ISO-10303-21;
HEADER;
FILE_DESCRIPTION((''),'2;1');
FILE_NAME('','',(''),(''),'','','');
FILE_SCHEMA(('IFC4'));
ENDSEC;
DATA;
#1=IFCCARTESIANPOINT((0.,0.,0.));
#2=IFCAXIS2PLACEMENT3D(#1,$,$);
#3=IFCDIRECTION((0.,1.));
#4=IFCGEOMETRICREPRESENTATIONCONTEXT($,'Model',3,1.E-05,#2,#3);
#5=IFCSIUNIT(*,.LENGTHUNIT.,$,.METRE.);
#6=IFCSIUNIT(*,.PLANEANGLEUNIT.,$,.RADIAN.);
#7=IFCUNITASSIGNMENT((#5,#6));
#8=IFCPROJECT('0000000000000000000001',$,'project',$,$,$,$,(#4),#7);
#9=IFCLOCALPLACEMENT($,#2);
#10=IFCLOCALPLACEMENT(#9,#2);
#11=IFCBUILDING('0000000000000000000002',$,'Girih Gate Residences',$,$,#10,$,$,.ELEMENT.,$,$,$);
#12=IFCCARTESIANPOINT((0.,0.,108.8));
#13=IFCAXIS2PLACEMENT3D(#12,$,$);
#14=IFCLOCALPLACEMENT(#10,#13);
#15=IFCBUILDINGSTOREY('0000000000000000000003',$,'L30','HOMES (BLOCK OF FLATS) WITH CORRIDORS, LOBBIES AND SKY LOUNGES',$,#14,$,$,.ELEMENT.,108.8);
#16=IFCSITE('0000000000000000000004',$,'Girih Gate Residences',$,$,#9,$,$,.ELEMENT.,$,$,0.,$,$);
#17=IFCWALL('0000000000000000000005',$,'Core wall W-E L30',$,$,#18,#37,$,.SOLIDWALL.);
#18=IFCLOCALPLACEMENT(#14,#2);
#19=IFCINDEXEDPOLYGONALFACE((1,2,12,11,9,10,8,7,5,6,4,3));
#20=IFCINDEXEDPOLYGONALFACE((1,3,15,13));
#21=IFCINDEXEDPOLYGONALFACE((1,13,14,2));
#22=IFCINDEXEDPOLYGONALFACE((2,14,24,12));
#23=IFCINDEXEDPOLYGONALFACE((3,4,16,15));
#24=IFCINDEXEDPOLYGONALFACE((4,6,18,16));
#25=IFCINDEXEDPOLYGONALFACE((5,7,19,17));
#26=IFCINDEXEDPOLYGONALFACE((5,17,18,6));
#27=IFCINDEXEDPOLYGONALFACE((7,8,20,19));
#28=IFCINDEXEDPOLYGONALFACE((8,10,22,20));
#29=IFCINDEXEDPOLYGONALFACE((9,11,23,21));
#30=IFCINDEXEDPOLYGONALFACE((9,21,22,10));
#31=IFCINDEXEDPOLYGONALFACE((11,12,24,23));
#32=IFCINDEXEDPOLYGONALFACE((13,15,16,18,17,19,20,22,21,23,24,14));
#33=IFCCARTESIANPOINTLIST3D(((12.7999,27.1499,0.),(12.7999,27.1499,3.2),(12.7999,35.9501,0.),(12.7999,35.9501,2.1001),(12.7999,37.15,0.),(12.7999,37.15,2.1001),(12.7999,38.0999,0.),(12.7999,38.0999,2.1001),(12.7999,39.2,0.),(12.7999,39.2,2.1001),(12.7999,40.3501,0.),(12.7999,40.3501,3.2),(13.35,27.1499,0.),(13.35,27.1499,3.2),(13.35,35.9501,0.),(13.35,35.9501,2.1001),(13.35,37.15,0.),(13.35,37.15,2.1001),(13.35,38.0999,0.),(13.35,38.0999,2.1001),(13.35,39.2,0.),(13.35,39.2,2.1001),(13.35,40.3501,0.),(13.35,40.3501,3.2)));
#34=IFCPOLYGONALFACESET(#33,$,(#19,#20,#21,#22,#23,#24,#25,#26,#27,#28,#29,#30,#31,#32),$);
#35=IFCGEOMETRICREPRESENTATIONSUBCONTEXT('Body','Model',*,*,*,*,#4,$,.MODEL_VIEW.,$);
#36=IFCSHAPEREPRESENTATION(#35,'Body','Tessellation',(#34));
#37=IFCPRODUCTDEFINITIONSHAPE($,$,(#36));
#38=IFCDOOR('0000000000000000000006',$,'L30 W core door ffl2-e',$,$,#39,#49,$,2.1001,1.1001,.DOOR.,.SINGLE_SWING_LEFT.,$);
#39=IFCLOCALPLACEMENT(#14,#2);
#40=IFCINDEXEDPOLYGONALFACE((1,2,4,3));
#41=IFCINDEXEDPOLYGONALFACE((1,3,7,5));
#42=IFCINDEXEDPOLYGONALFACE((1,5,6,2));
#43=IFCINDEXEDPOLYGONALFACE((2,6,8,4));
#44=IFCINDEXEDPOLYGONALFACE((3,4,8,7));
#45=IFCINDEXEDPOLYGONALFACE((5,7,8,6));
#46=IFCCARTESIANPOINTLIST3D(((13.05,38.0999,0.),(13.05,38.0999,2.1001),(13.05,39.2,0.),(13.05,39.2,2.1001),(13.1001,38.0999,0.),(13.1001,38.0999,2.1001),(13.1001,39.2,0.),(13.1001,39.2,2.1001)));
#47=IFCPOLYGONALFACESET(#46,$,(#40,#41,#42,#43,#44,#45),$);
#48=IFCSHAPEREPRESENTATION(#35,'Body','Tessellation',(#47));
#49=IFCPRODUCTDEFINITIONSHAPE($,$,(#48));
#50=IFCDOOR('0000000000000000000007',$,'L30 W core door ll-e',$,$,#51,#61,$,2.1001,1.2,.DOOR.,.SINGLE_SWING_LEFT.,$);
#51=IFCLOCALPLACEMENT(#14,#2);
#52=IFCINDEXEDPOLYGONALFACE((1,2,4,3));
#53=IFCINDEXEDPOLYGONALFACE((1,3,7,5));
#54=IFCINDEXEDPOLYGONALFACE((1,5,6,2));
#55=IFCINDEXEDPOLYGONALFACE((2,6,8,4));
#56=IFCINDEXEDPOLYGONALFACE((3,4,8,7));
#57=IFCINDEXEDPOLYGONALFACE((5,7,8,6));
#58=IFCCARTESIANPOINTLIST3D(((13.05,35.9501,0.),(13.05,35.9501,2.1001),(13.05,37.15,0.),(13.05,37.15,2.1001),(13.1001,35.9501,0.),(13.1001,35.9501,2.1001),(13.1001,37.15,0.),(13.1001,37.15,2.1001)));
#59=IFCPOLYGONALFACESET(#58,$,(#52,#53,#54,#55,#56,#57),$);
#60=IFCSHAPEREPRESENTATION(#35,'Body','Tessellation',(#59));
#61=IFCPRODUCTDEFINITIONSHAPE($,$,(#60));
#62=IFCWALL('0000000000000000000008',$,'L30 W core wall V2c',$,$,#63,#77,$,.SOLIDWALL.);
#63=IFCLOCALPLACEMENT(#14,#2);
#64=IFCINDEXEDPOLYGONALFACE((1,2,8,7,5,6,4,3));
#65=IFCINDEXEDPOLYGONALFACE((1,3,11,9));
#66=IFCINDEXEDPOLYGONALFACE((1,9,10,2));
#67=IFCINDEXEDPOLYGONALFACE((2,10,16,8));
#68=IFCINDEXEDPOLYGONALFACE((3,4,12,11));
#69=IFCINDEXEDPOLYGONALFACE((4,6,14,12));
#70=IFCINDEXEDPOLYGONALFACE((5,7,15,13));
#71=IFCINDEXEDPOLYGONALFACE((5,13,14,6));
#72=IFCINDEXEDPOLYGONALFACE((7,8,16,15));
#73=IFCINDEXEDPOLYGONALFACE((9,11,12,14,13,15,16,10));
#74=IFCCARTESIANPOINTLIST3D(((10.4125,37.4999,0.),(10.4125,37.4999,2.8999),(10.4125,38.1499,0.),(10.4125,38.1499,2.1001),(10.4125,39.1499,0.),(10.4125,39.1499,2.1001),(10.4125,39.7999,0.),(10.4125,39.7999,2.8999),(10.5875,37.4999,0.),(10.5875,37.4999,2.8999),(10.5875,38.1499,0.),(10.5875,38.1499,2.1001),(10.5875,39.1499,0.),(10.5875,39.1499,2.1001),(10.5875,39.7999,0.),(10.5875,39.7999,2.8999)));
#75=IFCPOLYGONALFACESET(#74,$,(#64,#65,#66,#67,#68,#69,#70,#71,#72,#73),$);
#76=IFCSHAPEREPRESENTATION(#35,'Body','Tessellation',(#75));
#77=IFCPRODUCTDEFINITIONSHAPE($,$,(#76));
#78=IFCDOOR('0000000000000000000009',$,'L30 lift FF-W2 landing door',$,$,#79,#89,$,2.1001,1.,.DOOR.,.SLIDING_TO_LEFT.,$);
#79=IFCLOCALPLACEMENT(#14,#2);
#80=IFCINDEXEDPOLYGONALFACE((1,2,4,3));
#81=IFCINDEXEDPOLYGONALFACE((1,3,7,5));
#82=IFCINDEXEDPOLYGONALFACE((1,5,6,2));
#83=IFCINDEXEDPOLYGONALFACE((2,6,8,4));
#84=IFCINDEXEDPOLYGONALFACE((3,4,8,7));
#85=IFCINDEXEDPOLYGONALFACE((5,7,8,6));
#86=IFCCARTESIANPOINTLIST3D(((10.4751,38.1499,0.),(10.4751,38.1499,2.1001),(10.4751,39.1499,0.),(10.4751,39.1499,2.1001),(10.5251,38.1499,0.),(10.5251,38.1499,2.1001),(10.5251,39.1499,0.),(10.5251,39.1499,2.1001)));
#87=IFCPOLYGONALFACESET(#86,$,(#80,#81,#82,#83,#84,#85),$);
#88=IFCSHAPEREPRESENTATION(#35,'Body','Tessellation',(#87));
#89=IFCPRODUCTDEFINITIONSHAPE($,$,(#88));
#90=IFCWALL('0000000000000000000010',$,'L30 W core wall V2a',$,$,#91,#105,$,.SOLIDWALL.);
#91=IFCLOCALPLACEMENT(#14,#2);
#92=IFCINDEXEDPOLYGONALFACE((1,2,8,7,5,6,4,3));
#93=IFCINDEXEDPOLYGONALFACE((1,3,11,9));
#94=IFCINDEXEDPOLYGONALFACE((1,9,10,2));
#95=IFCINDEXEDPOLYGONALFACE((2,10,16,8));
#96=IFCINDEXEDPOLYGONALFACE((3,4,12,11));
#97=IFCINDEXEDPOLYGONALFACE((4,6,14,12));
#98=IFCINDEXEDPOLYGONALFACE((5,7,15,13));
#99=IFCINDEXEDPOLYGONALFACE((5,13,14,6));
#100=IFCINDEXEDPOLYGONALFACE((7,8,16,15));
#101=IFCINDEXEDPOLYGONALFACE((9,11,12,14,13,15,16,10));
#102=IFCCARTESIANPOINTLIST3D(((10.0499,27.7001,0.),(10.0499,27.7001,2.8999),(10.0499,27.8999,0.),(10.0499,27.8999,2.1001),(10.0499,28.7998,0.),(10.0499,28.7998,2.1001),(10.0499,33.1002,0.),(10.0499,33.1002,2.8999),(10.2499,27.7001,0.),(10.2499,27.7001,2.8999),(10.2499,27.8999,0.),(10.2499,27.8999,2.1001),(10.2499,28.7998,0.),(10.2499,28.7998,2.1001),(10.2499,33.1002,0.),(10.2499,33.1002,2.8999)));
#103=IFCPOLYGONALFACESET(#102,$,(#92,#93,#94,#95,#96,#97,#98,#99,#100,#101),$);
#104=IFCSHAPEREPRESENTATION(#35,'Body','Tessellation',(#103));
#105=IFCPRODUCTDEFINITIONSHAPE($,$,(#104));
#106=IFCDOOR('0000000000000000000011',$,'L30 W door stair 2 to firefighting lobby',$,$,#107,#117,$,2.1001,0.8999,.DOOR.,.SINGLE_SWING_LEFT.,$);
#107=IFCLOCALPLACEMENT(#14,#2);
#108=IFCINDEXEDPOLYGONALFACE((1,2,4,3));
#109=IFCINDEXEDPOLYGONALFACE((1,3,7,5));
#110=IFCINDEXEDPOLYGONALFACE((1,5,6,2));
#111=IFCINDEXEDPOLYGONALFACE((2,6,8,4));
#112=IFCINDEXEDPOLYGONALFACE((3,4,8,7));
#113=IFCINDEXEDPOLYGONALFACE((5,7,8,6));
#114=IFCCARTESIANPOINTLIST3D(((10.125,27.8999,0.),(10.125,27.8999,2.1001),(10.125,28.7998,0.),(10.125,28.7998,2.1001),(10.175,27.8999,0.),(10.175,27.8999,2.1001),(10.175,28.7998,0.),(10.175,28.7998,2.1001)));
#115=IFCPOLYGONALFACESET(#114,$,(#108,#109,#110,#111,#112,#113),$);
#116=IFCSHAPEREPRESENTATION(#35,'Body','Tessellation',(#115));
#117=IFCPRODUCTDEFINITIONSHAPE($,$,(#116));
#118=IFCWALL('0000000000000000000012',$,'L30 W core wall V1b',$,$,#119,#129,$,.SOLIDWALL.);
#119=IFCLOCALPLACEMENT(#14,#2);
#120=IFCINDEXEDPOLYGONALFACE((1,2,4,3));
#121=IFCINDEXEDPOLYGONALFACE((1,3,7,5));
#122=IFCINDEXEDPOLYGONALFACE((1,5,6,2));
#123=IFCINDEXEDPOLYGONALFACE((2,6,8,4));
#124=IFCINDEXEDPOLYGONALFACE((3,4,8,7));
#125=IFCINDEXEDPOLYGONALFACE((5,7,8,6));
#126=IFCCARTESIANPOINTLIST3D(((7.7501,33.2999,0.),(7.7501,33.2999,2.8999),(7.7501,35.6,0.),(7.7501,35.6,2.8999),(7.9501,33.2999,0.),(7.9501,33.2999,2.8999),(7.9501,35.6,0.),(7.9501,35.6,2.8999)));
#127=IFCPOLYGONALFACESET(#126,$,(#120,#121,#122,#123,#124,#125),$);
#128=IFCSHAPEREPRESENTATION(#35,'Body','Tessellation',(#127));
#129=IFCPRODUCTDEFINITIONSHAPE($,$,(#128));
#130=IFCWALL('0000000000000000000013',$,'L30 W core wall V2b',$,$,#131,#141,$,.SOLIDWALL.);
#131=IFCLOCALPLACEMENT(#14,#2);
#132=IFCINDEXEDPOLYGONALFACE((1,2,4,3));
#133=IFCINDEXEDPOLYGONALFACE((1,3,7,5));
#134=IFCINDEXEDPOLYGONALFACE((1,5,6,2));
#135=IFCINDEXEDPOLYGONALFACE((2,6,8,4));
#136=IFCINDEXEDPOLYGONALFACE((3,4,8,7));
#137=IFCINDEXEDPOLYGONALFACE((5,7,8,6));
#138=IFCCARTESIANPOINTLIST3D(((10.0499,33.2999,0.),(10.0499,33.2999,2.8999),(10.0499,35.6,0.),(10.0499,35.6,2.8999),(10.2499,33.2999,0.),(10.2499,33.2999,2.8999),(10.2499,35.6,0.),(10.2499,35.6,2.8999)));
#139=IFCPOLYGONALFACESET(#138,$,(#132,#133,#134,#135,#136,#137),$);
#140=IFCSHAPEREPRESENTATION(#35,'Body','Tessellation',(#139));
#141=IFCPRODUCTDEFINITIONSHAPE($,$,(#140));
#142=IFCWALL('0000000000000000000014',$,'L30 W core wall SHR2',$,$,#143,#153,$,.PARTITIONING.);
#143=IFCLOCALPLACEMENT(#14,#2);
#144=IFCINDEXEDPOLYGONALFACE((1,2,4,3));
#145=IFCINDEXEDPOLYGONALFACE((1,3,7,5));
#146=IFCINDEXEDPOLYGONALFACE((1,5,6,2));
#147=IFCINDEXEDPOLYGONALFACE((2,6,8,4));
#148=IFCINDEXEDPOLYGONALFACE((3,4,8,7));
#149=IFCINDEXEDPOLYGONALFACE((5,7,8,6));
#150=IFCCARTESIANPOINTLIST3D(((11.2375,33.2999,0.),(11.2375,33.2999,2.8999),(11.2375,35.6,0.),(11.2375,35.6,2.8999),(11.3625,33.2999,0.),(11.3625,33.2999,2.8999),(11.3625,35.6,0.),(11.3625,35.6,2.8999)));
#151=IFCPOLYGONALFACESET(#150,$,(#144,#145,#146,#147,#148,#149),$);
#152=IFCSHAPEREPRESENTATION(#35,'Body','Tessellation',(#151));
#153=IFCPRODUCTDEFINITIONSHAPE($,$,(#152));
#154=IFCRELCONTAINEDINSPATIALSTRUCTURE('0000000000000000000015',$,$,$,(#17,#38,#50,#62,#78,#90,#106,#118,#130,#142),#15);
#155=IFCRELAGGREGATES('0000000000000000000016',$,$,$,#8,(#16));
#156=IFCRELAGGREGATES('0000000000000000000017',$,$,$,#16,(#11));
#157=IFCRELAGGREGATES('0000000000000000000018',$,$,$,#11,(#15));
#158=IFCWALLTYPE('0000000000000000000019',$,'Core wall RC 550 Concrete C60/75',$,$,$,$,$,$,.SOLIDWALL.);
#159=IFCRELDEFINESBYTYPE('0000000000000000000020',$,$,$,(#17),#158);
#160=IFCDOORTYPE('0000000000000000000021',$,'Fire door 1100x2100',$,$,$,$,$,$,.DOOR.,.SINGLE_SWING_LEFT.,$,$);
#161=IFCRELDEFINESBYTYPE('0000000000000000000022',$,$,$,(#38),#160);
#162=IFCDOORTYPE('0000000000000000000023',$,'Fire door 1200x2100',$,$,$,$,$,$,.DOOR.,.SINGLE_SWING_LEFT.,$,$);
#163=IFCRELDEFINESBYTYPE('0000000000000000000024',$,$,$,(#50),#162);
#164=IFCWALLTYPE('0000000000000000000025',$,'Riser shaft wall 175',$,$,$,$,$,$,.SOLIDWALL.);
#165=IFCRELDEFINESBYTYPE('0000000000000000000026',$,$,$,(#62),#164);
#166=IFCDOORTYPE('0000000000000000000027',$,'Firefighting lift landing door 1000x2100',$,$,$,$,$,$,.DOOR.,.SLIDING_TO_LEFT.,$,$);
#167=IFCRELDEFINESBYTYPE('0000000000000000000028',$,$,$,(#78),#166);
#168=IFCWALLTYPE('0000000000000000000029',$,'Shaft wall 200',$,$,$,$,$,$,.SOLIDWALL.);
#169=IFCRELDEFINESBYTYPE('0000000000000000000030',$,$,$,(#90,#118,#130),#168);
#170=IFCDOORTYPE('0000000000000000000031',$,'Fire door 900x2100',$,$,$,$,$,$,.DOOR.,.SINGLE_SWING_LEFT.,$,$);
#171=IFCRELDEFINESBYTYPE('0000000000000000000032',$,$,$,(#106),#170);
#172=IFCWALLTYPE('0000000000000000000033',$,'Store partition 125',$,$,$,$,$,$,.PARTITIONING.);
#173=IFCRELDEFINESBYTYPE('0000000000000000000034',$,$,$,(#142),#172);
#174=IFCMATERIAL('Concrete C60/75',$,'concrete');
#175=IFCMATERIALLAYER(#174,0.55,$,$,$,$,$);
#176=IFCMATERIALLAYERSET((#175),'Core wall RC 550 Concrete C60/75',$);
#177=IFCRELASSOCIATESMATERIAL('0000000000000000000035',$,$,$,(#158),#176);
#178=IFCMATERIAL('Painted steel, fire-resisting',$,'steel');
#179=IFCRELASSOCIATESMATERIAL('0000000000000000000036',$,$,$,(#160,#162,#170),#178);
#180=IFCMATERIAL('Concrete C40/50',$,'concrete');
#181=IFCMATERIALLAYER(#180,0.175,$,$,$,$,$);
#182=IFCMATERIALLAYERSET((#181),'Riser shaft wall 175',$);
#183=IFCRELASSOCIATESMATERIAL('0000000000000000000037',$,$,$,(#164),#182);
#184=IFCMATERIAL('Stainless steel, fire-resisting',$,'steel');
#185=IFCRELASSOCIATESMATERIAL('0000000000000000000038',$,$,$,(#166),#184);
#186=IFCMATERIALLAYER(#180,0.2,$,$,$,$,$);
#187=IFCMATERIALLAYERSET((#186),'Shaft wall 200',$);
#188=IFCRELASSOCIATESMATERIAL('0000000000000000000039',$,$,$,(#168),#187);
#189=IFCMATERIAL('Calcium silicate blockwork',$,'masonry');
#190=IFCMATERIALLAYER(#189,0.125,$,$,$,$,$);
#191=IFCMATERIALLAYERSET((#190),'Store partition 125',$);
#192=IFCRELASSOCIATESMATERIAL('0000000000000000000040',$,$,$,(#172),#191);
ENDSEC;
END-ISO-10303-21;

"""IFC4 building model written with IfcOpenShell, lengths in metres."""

from ifc_helpers import new_model, si_unit, direction, frame, frame_2d, origin, place, context, subcontext, project, spatial, rectangle, extrude, material, layer, layer_set, type_object, element, fill, save


model = new_model("IFC4")

# Units and contexts
model_context = context("Model", 3, precision=1e-05, world=origin(), true_north=direction((0.0, 1.0)))
body_context = subcontext(model_context, "Body", "Model", "MODEL_VIEW")
ifc_project = project(units=[si_unit("LENGTHUNIT", "METRE"), si_unit("PLANEANGLEUNIT", "RADIAN")], contexts=[model_context])

# Site, building, storey
site_placement = place(None, origin())
site = spatial("IfcSite", under=ifc_project, at=site_placement, Name="Girih Gate Residences", CompositionType="ELEMENT", RefElevation=0.0)
building_placement = place(site_placement, origin())
building = spatial("IfcBuilding", under=site, at=building_placement, Name="Girih Gate Residences", CompositionType="ELEMENT")
storey_placement = place(building_placement, frame((0.0, 0.0, 108.8)))
storey = spatial("IfcBuildingStorey", under=building, at=storey_placement, Name="L30", Description="HOMES (BLOCK OF FLATS) WITH CORRIDORS, LOBBIES AND SKY LOUNGES", CompositionType="ELEMENT", Elevation=108.8)

# Shared definitions
ifc_material_1 = material(Name="Concrete C60/75", Category="concrete")

# Wall, openings, doors
ifc_layer_1 = layer(ifc_material_1, 0.55)
ifc_layer_set_1 = layer_set([ifc_layer_1], Name="Core wall RC 550 Concrete C60/75")
wall_type_1 = type_object("IfcWallType", Name="Core wall RC 550 Concrete C60/75", PredefinedType="SOLIDWALL", material=ifc_layer_set_1)
wall_1_placement = place(storey_placement, frame((13.075, 27.1499, 0.0), z_axis=(0.0, 0.0, 1.0), x_axis=(0.0, 1.0, 0.0)))
wall_1 = element("IfcWall", 1, at=wall_1_placement, inside=storey, type_object=wall_type_1, Name="Core wall W-E L30", PredefinedType="SOLIDWALL", context=body_context, shape_type="SweptSolid", body=[
    extrude(rectangle(XDim=13.2002, YDim=0.55, at=frame_2d((6.6001, 0.0))), origin(), (0.0, 0.0, 1.0), 3.2),
])
opening_1_placement = place(wall_1_placement, frame((10.95, 0.0, 0.0)))
opening_1 = element("IfcOpeningElement", 2, at=opening_1_placement, cuts=wall_1, PredefinedType="OPENING", context=body_context, shape_type="SweptSolid", body=[
    extrude(rectangle(XDim=1.1001, YDim=2.1001, at=frame_2d((0.55, 1.05))), frame((0.0, 0.2849, 0.0), z_axis=(0.0, -1.0, 0.0), x_axis=(1.0, 0.0, 0.0)), (0.0, 0.0, 1.0), 0.5701),
])
opening_2_placement = place(wall_1_placement, frame((8.8, 0.0, 0.0)))
opening_2 = element("IfcOpeningElement", 3, at=opening_2_placement, cuts=wall_1, PredefinedType="OPENING", context=body_context, shape_type="SweptSolid", body=[
    extrude(rectangle(XDim=1.2, YDim=2.1001, at=frame_2d((0.6001, 1.05))), frame((0.0, 0.2849, 0.0), z_axis=(0.0, -1.0, 0.0), x_axis=(1.0, 0.0, 0.0)), (0.0, 0.0, 1.0), 0.5701),
])
ifc_material_2 = material(Name="Painted steel, fire-resisting", Category="steel")
door_type_1 = type_object("IfcDoorType", Name="Fire door 1100x2100", OperationType="SINGLE_SWING_LEFT", PredefinedType="DOOR", material=ifc_material_2)
door_1_placement = place(opening_1_placement, origin())
door_1 = element("IfcDoor", 4, at=door_1_placement, inside=storey, type_object=door_type_1, Name="L30 W core door ffl2-e", OperationType="SINGLE_SWING_LEFT", OverallHeight=2.1001, OverallWidth=1.1001, PredefinedType="DOOR", context=body_context, shape_type="SweptSolid", body=[
    extrude(rectangle(XDim=1.1001, YDim=2.1001, at=frame_2d((0.55, 1.05))), frame((0.0, 0.0249, 0.0), z_axis=(0.0, -1.0, 0.0), x_axis=(1.0, 0.0, 0.0)), (0.0, 0.0, 1.0), 0.05),
])
fill(opening_1, door_1)
door_type_2 = type_object("IfcDoorType", Name="Fire door 1200x2100", OperationType="SINGLE_SWING_LEFT", PredefinedType="DOOR", material=ifc_material_2)
door_2_placement = place(opening_2_placement, origin())
door_2 = element("IfcDoor", 5, at=door_2_placement, inside=storey, type_object=door_type_2, Name="L30 W core door ll-e", OperationType="SINGLE_SWING_LEFT", OverallHeight=2.1001, OverallWidth=1.2, PredefinedType="DOOR", context=body_context, shape_type="SweptSolid", body=[
    extrude(rectangle(XDim=1.2, YDim=2.1001, at=frame_2d((0.6001, 1.05))), frame((0.0, 0.0249, 0.0), z_axis=(0.0, -1.0, 0.0), x_axis=(1.0, 0.0, 0.0)), (0.0, 0.0, 1.0), 0.05),
])
fill(opening_2, door_2)

# Walls, openings, doors
ifc_material_3 = material(Name="Concrete C40/50", Category="concrete")
ifc_layer_2 = layer(ifc_material_3, 0.175)
ifc_layer_set_2 = layer_set([ifc_layer_2], Name="Riser shaft wall 175")
wall_type_2 = type_object("IfcWallType", Name="Riser shaft wall 175", PredefinedType="SOLIDWALL", material=ifc_layer_set_2)
wall_2_placement = place(storey_placement, frame((10.5, 37.5, 0.0), z_axis=(0.0, 0.0, 1.0), x_axis=(0.0, 1.0, 0.0)))
wall_2 = element("IfcWall", 6, at=wall_2_placement, inside=storey, type_object=wall_type_2, Name="L30 W core wall V2c", PredefinedType="SOLIDWALL", context=body_context, shape_type="SweptSolid", body=[
    extrude(rectangle(XDim=2.3, YDim=0.175, at=frame_2d((1.1499, 0.0))), origin(), (0.0, 0.0, 1.0), 2.8999),
])
opening_3_placement = place(wall_2_placement, frame((0.6499, 0.0, 0.0)))
opening_3 = element("IfcOpeningElement", 7, at=opening_3_placement, cuts=wall_2, PredefinedType="OPENING", context=body_context, shape_type="SweptSolid", body=[
    extrude(rectangle(XDim=1.0, YDim=2.1001, at=frame_2d((0.5, 1.05))), frame((0.0, 0.0974, 0.0), z_axis=(0.0, -1.0, 0.0), x_axis=(1.0, 0.0, 0.0)), (0.0, 0.0, 1.0), 0.1951),
])
ifc_material_4 = material(Name="Stainless steel, fire-resisting", Category="steel")
door_type_3 = type_object("IfcDoorType", Name="Firefighting lift landing door 1000x2100", OperationType="SLIDING_TO_LEFT", PredefinedType="DOOR", material=ifc_material_4)
door_3_placement = place(opening_3_placement, origin())
door_3 = element("IfcDoor", 8, at=door_3_placement, inside=storey, type_object=door_type_3, Name="L30 lift FF-W2 landing door", OperationType="SLIDING_TO_LEFT", OverallHeight=2.1001, OverallWidth=1.0, PredefinedType="DOOR", context=body_context, shape_type="SweptSolid", body=[
    extrude(rectangle(XDim=1.0, YDim=2.1001, at=frame_2d((0.5, 1.05))), frame((0.0, 0.0249, 0.0), z_axis=(0.0, -1.0, 0.0), x_axis=(1.0, 0.0, 0.0)), (0.0, 0.0, 1.0), 0.05),
])
fill(opening_3, door_3)
ifc_layer_3 = layer(ifc_material_3, 0.2)
ifc_layer_set_3 = layer_set([ifc_layer_3], Name="Shaft wall 200")
wall_type_3 = type_object("IfcWallType", Name="Shaft wall 200", PredefinedType="SOLIDWALL", material=ifc_layer_set_3)
wall_3_placement = place(storey_placement, frame((10.1499, 27.7, 0.0), z_axis=(0.0, 0.0, 1.0), x_axis=(0.0, 1.0, 0.0)))
wall_3 = element("IfcWall", 9, at=wall_3_placement, inside=storey, type_object=wall_type_3, Name="L30 W core wall V2a", PredefinedType="SOLIDWALL", context=body_context, shape_type="SweptSolid", body=[
    extrude(rectangle(XDim=5.4001, YDim=0.2, at=frame_2d((2.7002, 0.0))), origin(), (0.0, 0.0, 1.0), 2.8999),
])
opening_4_placement = place(wall_3_placement, frame((0.2, 0.0, 0.0)))
opening_4 = element("IfcOpeningElement", 10, at=opening_4_placement, cuts=wall_3, PredefinedType="OPENING", context=body_context, shape_type="SweptSolid", body=[
    extrude(rectangle(XDim=0.8999, YDim=2.1001, at=frame_2d((0.45, 1.05))), frame((0.0, 0.1099, 0.0), z_axis=(0.0, -1.0, 0.0), x_axis=(1.0, 0.0, 0.0)), (0.0, 0.0, 1.0), 0.22),
])
door_type_4 = type_object("IfcDoorType", Name="Fire door 900x2100", OperationType="SINGLE_SWING_LEFT", PredefinedType="DOOR", material=ifc_material_2)
door_4_placement = place(opening_4_placement, origin())
door_4 = element("IfcDoor", 11, at=door_4_placement, inside=storey, type_object=door_type_4, Name="L30 W door stair 2 to firefighting lobby", OperationType="SINGLE_SWING_LEFT", OverallHeight=2.1001, OverallWidth=0.8999, PredefinedType="DOOR", context=body_context, shape_type="SweptSolid", body=[
    extrude(rectangle(XDim=0.8999, YDim=2.1001, at=frame_2d((0.45, 1.05))), frame((0.0, 0.0249, 0.0), z_axis=(0.0, -1.0, 0.0), x_axis=(1.0, 0.0, 0.0)), (0.0, 0.0, 1.0), 0.05),
])
fill(opening_4, door_4)

# Walls
for number, where, z_axis, x_axis, name in (
    (12, (7.8501, 33.3, 0.0), (0.0, 0.0, 1.0), (0.0, 1.0, 0.0), "L30 W core wall V1b"),
    (13, (10.1499, 33.3, 0.0), (0.0, 0.0, 1.0), (0.0, 1.0, 0.0), "L30 W core wall V2b"),
):
    element("IfcWall", number, at=place(storey_placement, frame(where, z_axis=z_axis, x_axis=x_axis)), inside=storey, type_object=wall_type_3, Name=name, PredefinedType="SOLIDWALL", context=body_context, shape_type="SweptSolid", body=[
        extrude(rectangle(XDim=2.3, YDim=0.2, at=frame_2d((1.1499, 0.0))), origin(), (0.0, 0.0, 1.0), 2.8999),
    ])
ifc_material_5 = material(Name="Calcium silicate blockwork", Category="masonry")
ifc_layer_4 = layer(ifc_material_5, 0.125)
ifc_layer_set_4 = layer_set([ifc_layer_4], Name="Store partition 125")
wall_type_4 = type_object("IfcWallType", Name="Store partition 125", PredefinedType="PARTITIONING", material=ifc_layer_set_4)
wall_4_placement = place(storey_placement, frame((11.3, 33.3, 0.0), z_axis=(0.0, 0.0, 1.0), x_axis=(0.0, 1.0, 0.0)))
element("IfcWall", 14, at=wall_4_placement, inside=storey, type_object=wall_type_4, Name="L30 W core wall SHR2", PredefinedType="PARTITIONING", context=body_context, shape_type="SweptSolid", body=[
    extrude(rectangle(XDim=2.3, YDim=0.125, at=frame_2d((1.1499, 0.0))), origin(), (0.0, 0.0, 1.0), 2.8999),
])

save(model, "model.ifc")
